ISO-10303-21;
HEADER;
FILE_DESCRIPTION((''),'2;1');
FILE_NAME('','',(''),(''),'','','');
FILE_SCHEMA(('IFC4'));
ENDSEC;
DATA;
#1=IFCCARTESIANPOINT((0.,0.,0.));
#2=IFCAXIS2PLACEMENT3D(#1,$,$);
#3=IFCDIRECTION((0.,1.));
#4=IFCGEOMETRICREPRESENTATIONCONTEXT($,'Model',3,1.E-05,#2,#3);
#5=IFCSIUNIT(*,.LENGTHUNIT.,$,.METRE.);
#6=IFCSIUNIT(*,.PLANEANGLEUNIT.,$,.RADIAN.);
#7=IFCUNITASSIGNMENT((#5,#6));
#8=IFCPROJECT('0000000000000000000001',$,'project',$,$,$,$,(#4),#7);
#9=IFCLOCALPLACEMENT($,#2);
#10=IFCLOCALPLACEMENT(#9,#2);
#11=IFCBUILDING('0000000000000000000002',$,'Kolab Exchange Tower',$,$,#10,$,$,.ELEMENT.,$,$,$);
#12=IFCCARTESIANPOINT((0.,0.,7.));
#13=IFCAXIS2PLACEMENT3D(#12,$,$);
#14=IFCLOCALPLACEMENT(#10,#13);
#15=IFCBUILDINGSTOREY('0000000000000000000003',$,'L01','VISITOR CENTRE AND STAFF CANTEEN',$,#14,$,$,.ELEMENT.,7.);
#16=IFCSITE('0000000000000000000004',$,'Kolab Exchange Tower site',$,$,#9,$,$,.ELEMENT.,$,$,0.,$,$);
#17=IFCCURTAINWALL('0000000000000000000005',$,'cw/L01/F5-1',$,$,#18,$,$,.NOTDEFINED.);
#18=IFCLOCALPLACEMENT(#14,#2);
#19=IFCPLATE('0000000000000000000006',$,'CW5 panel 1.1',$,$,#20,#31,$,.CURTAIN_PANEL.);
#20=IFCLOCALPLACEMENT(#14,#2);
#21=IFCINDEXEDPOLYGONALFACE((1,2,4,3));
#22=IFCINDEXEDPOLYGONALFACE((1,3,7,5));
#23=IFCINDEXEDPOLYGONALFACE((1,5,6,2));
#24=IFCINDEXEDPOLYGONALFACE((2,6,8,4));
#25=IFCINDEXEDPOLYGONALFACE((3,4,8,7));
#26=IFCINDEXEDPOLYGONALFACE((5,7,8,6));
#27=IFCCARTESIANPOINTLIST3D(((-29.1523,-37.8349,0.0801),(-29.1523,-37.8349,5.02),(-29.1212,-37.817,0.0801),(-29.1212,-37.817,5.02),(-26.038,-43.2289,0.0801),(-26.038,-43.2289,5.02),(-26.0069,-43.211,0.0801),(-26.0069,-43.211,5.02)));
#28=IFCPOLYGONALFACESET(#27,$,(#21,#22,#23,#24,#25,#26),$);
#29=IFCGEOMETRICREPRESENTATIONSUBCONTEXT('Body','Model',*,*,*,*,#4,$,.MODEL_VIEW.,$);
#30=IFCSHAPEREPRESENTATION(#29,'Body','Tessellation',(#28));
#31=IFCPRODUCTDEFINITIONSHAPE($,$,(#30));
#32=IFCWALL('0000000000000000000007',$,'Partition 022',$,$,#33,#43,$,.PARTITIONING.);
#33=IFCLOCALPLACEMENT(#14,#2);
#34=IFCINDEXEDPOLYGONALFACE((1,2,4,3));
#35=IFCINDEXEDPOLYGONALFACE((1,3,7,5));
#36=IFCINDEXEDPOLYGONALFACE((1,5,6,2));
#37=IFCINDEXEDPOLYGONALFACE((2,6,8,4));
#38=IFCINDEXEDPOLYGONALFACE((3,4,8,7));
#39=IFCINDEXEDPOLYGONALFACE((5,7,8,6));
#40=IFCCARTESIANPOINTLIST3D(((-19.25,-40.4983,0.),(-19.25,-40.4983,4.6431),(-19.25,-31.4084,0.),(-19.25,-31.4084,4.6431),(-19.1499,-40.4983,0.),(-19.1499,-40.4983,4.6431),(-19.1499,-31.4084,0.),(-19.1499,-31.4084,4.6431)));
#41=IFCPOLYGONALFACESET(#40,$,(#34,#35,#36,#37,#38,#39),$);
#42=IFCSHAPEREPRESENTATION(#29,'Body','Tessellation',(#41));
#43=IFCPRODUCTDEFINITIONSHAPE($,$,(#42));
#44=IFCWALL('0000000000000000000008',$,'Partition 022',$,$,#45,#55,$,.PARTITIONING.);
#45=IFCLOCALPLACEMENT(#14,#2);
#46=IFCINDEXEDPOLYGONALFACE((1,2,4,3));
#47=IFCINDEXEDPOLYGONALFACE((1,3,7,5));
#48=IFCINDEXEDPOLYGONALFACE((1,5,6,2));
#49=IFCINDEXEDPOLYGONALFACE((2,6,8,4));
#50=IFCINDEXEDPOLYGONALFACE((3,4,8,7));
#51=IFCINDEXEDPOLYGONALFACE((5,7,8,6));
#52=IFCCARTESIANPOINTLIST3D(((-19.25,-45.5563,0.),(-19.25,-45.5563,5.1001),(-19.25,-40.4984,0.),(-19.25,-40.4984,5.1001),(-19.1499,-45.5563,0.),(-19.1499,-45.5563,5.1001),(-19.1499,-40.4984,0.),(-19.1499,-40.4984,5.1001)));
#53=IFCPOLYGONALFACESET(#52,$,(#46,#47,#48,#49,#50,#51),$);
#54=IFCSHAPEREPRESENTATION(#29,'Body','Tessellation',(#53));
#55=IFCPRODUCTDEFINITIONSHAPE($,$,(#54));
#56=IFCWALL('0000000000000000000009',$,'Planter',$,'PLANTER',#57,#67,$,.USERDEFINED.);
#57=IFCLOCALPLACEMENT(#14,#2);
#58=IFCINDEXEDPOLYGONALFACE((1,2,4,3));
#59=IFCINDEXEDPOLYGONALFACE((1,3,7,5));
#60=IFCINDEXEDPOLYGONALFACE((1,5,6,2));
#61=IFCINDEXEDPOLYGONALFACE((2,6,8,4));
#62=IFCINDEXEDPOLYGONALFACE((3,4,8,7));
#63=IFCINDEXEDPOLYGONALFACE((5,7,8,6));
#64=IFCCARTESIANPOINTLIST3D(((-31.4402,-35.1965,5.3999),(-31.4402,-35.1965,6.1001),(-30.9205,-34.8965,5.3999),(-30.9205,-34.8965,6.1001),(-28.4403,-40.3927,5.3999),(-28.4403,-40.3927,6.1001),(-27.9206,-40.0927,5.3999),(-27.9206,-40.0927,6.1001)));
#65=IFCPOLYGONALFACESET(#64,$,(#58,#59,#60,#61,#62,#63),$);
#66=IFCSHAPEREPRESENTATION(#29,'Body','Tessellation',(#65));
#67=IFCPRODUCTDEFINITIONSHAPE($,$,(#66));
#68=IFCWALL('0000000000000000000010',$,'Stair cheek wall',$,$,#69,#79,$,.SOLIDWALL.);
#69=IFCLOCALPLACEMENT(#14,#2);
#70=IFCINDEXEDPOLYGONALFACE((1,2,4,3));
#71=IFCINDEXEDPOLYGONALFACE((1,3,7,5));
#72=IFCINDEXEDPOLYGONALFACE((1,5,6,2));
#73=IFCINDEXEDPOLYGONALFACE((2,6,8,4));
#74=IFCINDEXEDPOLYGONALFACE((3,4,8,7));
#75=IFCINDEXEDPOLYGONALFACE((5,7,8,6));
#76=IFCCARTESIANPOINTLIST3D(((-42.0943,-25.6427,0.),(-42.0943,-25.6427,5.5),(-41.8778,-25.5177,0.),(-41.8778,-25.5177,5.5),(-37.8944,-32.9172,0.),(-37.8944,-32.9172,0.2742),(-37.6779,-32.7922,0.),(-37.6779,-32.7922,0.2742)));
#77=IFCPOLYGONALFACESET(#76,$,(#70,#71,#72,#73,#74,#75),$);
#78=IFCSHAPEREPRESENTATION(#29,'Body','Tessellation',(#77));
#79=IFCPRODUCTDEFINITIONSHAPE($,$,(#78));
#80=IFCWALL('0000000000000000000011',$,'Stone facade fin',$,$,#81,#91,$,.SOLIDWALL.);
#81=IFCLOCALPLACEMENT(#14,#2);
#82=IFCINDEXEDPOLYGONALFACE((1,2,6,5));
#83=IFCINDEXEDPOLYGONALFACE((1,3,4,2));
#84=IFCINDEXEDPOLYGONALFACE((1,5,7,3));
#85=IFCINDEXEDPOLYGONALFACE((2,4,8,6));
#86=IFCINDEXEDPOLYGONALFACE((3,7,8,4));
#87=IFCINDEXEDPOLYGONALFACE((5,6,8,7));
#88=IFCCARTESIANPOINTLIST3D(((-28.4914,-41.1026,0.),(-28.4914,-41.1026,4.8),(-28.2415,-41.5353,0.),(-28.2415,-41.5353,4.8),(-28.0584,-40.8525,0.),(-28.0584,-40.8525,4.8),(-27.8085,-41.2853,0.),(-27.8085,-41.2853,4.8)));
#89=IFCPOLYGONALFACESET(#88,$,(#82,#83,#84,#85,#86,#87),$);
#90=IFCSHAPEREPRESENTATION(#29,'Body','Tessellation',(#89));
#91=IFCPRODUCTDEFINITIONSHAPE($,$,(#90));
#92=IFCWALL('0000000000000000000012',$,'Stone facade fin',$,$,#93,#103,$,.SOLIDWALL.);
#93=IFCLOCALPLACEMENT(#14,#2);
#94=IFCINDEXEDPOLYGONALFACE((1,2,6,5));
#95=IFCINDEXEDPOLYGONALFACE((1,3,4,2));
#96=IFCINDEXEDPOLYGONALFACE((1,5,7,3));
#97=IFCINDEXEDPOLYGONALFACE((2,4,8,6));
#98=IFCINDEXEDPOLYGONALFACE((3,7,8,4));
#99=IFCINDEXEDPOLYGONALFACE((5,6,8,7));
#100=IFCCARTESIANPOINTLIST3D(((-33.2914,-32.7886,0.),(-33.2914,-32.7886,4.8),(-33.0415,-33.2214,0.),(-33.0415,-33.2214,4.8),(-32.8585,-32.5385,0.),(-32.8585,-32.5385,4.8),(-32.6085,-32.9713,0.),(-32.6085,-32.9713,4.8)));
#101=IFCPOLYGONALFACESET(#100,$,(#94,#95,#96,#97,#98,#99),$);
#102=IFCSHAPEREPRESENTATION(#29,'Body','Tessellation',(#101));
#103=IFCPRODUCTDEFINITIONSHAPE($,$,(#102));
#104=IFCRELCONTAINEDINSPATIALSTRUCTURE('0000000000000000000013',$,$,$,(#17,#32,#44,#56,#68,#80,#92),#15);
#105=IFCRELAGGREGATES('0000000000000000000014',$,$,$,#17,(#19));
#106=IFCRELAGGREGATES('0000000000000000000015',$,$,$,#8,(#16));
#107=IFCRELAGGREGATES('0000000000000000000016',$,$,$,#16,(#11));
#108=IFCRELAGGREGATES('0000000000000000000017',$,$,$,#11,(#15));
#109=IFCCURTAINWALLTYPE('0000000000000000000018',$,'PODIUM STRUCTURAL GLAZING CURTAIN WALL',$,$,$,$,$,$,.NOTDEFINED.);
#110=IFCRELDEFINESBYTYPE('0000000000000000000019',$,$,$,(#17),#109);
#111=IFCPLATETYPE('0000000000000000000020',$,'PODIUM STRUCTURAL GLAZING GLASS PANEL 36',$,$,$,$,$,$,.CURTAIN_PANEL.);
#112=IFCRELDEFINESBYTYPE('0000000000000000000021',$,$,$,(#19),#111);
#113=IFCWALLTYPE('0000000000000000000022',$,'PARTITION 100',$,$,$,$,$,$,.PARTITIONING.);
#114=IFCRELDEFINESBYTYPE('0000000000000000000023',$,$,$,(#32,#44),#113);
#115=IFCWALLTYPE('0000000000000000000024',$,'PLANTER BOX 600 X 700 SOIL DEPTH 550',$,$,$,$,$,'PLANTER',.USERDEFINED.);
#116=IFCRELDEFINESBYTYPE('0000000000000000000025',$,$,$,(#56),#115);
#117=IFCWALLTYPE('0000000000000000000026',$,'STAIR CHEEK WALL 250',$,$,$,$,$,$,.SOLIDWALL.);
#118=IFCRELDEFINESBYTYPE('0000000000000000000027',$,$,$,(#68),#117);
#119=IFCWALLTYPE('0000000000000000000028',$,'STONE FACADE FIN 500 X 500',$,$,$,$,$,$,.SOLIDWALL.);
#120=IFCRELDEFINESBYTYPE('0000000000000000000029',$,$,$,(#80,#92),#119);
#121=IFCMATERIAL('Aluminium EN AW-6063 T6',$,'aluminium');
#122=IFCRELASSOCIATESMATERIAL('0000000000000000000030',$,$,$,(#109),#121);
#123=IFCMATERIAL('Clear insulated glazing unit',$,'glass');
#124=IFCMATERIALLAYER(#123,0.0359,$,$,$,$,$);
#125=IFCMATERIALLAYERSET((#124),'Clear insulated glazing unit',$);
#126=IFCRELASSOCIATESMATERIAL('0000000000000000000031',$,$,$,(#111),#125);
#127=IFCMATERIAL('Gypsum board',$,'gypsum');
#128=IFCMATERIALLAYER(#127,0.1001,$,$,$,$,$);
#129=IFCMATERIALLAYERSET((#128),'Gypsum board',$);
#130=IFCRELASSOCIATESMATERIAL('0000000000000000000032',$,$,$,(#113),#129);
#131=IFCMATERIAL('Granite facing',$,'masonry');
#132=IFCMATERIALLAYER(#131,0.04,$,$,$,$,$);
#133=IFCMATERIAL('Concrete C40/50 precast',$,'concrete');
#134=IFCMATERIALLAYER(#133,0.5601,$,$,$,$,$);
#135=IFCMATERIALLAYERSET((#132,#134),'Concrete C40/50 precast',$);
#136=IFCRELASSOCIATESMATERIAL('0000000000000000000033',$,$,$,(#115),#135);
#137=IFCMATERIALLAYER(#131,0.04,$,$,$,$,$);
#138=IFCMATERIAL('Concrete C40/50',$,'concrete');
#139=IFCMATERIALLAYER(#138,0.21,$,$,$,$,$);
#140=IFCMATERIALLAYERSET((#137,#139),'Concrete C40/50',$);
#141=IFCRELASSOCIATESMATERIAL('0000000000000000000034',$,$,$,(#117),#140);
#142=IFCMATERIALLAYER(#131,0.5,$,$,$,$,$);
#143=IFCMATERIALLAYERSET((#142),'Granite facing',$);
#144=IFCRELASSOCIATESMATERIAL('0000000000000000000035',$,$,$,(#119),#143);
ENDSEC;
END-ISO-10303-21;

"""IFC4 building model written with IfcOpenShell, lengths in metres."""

from ifc_helpers import new_model, si_unit, direction, frame, frame_2d, origin, origin_2d, place, context, subcontext, project, spatial, polyline, rectangle, outline, extrude, material, layer, layer_set, type_object, element, aggregate, save


model = new_model("IFC4")

# Units and contexts
model_context = context("Model", 3, precision=1e-05, world=origin(), true_north=direction((0.0, 1.0)))
body_context = subcontext(model_context, "Body", "Model", "MODEL_VIEW")
ifc_project = project(units=[si_unit("LENGTHUNIT", "METRE"), si_unit("PLANEANGLEUNIT", "RADIAN")], contexts=[model_context])

# Site, building, storey
site_placement = place(None, origin())
site = spatial("IfcSite", under=ifc_project, at=site_placement, Name="Kolab Exchange Tower site", CompositionType="ELEMENT", RefElevation=0.0)
building_placement = place(site_placement, origin())
building = spatial("IfcBuilding", under=site, at=building_placement, Name="Kolab Exchange Tower", CompositionType="ELEMENT")
storey_placement = place(building_placement, frame((0.0, 0.0, 7.0)))
storey = spatial("IfcBuildingStorey", under=building, at=storey_placement, Name="L01", Description="VISITOR CENTRE AND STAFF CANTEEN", CompositionType="ELEMENT", Elevation=7.0)

# Shared definitions
ifc_material_1 = material(Name="Aluminium EN AW-6063 T6", Category="aluminium")
curtain_wall_type = type_object("IfcCurtainWallType", Name="PODIUM STRUCTURAL GLAZING CURTAIN WALL", PredefinedType="NOTDEFINED", material=ifc_material_1)

# Curtain wall
curtain_wall_1_placement = place(storey_placement, origin())
curtain_wall_1 = element("IfcCurtainWall", 1, at=curtain_wall_1_placement, inside=storey, type_object=curtain_wall_type, Name="cw/L01/F5-1", PredefinedType="NOTDEFINED")

# Plate
ifc_material_2 = material(Name="Clear insulated glazing unit", Category="glass")
ifc_layer_1 = layer(ifc_material_2, 0.0359)
ifc_layer_set_1 = layer_set([ifc_layer_1], Name="Clear insulated glazing unit")
plate_type = type_object("IfcPlateType", Name="PODIUM STRUCTURAL GLAZING GLASS PANEL 36", PredefinedType="CURTAIN_PANEL", material=ifc_layer_set_1)
plate_1_placement = place(storey_placement, frame((-27.5796, -40.5229, 0.0801), z_axis=(0.0, 0.0, 1.0), x_axis=(-0.5, 0.866025, 0.0)))
plate_1 = element("IfcPlate", 2, at=plate_1_placement, type_object=plate_type, Name="CW5 panel 1.1", PredefinedType="CURTAIN_PANEL", context=body_context, shape_type="SweptSolid", body=[
    extrude(rectangle(XDim=6.2285, YDim=0.0359, at=origin_2d()), origin(), (0.0, 0.0, 1.0), 4.9399),
])
aggregate(curtain_wall_1, [plate_1])

# Walls
ifc_material_3 = material(Name="Gypsum board", Category="gypsum")
ifc_layer_2 = layer(ifc_material_3, 0.1001)
ifc_layer_set_2 = layer_set([ifc_layer_2], Name="Gypsum board")
wall_type_1 = type_object("IfcWallType", Name="PARTITION 100", PredefinedType="PARTITIONING", material=ifc_layer_set_2)
wall_1_placement = place(storey_placement, frame((-19.2, -40.4983, 0.0), z_axis=(0.0, 0.0, 1.0), x_axis=(0.0, 1.0, 0.0)))
element("IfcWall", 3, at=wall_1_placement, inside=storey, type_object=wall_type_1, Name="Partition 022", PredefinedType="PARTITIONING", context=body_context, shape_type="SweptSolid", body=[
    extrude(rectangle(XDim=9.0898, YDim=0.1001, at=frame_2d((4.5449, 0.0))), origin(), (0.0, 0.0, 1.0), 4.6431),
])
wall_2_placement = place(storey_placement, frame((-19.2, -45.5562, 0.0), z_axis=(0.0, 0.0, 1.0), x_axis=(0.0, 1.0, 0.0)))
element("IfcWall", 4, at=wall_2_placement, inside=storey, type_object=wall_type_1, Name="Partition 022", PredefinedType="PARTITIONING", context=body_context, shape_type="SweptSolid", body=[
    extrude(rectangle(XDim=5.0579, YDim=0.1001, at=frame_2d((2.5288, 0.0))), origin(), (0.0, 0.0, 1.0), 5.1001),
])
ifc_material_4 = material(Name="Granite facing", Category="masonry")
ifc_layer_3 = layer(ifc_material_4, 0.04)
ifc_material_5 = material(Name="Concrete C40/50 precast", Category="concrete")
ifc_layer_4 = layer(ifc_material_5, 0.5601)
ifc_layer_set_3 = layer_set([ifc_layer_3, ifc_layer_4], Name="Concrete C40/50 precast")
wall_type_2 = type_object("IfcWallType", Name="PLANTER BOX 600 X 700 SOIL DEPTH 550", ElementType="PLANTER", PredefinedType="USERDEFINED", material=ifc_layer_set_3)
wall_3_placement = place(storey_placement, frame((-28.1804, -40.2427, 5.3999), z_axis=(0.0, 0.0, 1.0), x_axis=(-0.49999, 0.866031, 0.0)))
element("IfcWall", 5, at=wall_3_placement, inside=storey, type_object=wall_type_2, Name="Planter", ObjectType="PLANTER", PredefinedType="USERDEFINED", context=body_context, shape_type="SweptSolid", body=[
    extrude(rectangle(XDim=6.0, YDim=0.6001, at=frame_2d((3.0, 0.0))), origin(), (0.0, 0.0, 1.0), 0.7002),
])
ifc_layer_5 = layer(ifc_material_4, 0.04)
ifc_material_6 = material(Name="Concrete C40/50", Category="concrete")
ifc_layer_6 = layer(ifc_material_6, 0.21)
ifc_layer_set_4 = layer_set([ifc_layer_5, ifc_layer_6], Name="Concrete C40/50")
wall_type_3 = type_object("IfcWallType", Name="STAIR CHEEK WALL 250", PredefinedType="SOLIDWALL", material=ifc_layer_set_4)
wall_4_placement = place(storey_placement, frame((-37.7861, -32.8547, 0.0), z_axis=(0.0, 0.0, 1.0), x_axis=(-0.499993, 0.866029, 0.0)))
element("IfcWall", 6, at=wall_4_placement, inside=storey, type_object=wall_type_3, Name="Stair cheek wall", PredefinedType="SOLIDWALL", context=body_context, shape_type="SweptSolid", body=[
    extrude(outline(polyline([(0.0, 0.0), (8.3999, 0.0), (8.3999, 5.5), (0.0, 0.2742), (0.0, 0.0)])), frame((0.0, 0.125, 0.0), z_axis=(0.0, -1.0, 0.0), x_axis=(1.0, 0.0, 0.0)), (0.0, 0.0, 1.0), 0.25),
])
ifc_layer_7 = layer(ifc_material_4, 0.5)
ifc_layer_set_5 = layer_set([ifc_layer_7], Name="Granite facing")
wall_type_4 = type_object("IfcWallType", Name="STONE FACADE FIN 500 X 500", PredefinedType="SOLIDWALL", material=ifc_layer_set_5)
for number, where, z_axis, x_axis, name in (
    (7, (-28.0249, -41.4104, 0.0), (0.0, 0.0, 1.0), (-0.500131, 0.86595, 0.0), "Stone facade fin"),
    (8, (-32.825, -33.0964, 0.0), (0.0, 0.0, 1.0), (-0.500131, 0.86595, 0.0), "Stone facade fin"),
):
    element("IfcWall", number, at=place(storey_placement, frame(where, z_axis=z_axis, x_axis=x_axis)), inside=storey, type_object=wall_type_4, Name=name, PredefinedType="SOLIDWALL", context=body_context, shape_type="SweptSolid", body=[
        extrude(rectangle(XDim=0.4998, YDim=0.5, at=frame_2d((0.25, 0.0))), origin(), (0.0, 0.0, 1.0), 4.8),
    ])

save(model, "model.ifc")
